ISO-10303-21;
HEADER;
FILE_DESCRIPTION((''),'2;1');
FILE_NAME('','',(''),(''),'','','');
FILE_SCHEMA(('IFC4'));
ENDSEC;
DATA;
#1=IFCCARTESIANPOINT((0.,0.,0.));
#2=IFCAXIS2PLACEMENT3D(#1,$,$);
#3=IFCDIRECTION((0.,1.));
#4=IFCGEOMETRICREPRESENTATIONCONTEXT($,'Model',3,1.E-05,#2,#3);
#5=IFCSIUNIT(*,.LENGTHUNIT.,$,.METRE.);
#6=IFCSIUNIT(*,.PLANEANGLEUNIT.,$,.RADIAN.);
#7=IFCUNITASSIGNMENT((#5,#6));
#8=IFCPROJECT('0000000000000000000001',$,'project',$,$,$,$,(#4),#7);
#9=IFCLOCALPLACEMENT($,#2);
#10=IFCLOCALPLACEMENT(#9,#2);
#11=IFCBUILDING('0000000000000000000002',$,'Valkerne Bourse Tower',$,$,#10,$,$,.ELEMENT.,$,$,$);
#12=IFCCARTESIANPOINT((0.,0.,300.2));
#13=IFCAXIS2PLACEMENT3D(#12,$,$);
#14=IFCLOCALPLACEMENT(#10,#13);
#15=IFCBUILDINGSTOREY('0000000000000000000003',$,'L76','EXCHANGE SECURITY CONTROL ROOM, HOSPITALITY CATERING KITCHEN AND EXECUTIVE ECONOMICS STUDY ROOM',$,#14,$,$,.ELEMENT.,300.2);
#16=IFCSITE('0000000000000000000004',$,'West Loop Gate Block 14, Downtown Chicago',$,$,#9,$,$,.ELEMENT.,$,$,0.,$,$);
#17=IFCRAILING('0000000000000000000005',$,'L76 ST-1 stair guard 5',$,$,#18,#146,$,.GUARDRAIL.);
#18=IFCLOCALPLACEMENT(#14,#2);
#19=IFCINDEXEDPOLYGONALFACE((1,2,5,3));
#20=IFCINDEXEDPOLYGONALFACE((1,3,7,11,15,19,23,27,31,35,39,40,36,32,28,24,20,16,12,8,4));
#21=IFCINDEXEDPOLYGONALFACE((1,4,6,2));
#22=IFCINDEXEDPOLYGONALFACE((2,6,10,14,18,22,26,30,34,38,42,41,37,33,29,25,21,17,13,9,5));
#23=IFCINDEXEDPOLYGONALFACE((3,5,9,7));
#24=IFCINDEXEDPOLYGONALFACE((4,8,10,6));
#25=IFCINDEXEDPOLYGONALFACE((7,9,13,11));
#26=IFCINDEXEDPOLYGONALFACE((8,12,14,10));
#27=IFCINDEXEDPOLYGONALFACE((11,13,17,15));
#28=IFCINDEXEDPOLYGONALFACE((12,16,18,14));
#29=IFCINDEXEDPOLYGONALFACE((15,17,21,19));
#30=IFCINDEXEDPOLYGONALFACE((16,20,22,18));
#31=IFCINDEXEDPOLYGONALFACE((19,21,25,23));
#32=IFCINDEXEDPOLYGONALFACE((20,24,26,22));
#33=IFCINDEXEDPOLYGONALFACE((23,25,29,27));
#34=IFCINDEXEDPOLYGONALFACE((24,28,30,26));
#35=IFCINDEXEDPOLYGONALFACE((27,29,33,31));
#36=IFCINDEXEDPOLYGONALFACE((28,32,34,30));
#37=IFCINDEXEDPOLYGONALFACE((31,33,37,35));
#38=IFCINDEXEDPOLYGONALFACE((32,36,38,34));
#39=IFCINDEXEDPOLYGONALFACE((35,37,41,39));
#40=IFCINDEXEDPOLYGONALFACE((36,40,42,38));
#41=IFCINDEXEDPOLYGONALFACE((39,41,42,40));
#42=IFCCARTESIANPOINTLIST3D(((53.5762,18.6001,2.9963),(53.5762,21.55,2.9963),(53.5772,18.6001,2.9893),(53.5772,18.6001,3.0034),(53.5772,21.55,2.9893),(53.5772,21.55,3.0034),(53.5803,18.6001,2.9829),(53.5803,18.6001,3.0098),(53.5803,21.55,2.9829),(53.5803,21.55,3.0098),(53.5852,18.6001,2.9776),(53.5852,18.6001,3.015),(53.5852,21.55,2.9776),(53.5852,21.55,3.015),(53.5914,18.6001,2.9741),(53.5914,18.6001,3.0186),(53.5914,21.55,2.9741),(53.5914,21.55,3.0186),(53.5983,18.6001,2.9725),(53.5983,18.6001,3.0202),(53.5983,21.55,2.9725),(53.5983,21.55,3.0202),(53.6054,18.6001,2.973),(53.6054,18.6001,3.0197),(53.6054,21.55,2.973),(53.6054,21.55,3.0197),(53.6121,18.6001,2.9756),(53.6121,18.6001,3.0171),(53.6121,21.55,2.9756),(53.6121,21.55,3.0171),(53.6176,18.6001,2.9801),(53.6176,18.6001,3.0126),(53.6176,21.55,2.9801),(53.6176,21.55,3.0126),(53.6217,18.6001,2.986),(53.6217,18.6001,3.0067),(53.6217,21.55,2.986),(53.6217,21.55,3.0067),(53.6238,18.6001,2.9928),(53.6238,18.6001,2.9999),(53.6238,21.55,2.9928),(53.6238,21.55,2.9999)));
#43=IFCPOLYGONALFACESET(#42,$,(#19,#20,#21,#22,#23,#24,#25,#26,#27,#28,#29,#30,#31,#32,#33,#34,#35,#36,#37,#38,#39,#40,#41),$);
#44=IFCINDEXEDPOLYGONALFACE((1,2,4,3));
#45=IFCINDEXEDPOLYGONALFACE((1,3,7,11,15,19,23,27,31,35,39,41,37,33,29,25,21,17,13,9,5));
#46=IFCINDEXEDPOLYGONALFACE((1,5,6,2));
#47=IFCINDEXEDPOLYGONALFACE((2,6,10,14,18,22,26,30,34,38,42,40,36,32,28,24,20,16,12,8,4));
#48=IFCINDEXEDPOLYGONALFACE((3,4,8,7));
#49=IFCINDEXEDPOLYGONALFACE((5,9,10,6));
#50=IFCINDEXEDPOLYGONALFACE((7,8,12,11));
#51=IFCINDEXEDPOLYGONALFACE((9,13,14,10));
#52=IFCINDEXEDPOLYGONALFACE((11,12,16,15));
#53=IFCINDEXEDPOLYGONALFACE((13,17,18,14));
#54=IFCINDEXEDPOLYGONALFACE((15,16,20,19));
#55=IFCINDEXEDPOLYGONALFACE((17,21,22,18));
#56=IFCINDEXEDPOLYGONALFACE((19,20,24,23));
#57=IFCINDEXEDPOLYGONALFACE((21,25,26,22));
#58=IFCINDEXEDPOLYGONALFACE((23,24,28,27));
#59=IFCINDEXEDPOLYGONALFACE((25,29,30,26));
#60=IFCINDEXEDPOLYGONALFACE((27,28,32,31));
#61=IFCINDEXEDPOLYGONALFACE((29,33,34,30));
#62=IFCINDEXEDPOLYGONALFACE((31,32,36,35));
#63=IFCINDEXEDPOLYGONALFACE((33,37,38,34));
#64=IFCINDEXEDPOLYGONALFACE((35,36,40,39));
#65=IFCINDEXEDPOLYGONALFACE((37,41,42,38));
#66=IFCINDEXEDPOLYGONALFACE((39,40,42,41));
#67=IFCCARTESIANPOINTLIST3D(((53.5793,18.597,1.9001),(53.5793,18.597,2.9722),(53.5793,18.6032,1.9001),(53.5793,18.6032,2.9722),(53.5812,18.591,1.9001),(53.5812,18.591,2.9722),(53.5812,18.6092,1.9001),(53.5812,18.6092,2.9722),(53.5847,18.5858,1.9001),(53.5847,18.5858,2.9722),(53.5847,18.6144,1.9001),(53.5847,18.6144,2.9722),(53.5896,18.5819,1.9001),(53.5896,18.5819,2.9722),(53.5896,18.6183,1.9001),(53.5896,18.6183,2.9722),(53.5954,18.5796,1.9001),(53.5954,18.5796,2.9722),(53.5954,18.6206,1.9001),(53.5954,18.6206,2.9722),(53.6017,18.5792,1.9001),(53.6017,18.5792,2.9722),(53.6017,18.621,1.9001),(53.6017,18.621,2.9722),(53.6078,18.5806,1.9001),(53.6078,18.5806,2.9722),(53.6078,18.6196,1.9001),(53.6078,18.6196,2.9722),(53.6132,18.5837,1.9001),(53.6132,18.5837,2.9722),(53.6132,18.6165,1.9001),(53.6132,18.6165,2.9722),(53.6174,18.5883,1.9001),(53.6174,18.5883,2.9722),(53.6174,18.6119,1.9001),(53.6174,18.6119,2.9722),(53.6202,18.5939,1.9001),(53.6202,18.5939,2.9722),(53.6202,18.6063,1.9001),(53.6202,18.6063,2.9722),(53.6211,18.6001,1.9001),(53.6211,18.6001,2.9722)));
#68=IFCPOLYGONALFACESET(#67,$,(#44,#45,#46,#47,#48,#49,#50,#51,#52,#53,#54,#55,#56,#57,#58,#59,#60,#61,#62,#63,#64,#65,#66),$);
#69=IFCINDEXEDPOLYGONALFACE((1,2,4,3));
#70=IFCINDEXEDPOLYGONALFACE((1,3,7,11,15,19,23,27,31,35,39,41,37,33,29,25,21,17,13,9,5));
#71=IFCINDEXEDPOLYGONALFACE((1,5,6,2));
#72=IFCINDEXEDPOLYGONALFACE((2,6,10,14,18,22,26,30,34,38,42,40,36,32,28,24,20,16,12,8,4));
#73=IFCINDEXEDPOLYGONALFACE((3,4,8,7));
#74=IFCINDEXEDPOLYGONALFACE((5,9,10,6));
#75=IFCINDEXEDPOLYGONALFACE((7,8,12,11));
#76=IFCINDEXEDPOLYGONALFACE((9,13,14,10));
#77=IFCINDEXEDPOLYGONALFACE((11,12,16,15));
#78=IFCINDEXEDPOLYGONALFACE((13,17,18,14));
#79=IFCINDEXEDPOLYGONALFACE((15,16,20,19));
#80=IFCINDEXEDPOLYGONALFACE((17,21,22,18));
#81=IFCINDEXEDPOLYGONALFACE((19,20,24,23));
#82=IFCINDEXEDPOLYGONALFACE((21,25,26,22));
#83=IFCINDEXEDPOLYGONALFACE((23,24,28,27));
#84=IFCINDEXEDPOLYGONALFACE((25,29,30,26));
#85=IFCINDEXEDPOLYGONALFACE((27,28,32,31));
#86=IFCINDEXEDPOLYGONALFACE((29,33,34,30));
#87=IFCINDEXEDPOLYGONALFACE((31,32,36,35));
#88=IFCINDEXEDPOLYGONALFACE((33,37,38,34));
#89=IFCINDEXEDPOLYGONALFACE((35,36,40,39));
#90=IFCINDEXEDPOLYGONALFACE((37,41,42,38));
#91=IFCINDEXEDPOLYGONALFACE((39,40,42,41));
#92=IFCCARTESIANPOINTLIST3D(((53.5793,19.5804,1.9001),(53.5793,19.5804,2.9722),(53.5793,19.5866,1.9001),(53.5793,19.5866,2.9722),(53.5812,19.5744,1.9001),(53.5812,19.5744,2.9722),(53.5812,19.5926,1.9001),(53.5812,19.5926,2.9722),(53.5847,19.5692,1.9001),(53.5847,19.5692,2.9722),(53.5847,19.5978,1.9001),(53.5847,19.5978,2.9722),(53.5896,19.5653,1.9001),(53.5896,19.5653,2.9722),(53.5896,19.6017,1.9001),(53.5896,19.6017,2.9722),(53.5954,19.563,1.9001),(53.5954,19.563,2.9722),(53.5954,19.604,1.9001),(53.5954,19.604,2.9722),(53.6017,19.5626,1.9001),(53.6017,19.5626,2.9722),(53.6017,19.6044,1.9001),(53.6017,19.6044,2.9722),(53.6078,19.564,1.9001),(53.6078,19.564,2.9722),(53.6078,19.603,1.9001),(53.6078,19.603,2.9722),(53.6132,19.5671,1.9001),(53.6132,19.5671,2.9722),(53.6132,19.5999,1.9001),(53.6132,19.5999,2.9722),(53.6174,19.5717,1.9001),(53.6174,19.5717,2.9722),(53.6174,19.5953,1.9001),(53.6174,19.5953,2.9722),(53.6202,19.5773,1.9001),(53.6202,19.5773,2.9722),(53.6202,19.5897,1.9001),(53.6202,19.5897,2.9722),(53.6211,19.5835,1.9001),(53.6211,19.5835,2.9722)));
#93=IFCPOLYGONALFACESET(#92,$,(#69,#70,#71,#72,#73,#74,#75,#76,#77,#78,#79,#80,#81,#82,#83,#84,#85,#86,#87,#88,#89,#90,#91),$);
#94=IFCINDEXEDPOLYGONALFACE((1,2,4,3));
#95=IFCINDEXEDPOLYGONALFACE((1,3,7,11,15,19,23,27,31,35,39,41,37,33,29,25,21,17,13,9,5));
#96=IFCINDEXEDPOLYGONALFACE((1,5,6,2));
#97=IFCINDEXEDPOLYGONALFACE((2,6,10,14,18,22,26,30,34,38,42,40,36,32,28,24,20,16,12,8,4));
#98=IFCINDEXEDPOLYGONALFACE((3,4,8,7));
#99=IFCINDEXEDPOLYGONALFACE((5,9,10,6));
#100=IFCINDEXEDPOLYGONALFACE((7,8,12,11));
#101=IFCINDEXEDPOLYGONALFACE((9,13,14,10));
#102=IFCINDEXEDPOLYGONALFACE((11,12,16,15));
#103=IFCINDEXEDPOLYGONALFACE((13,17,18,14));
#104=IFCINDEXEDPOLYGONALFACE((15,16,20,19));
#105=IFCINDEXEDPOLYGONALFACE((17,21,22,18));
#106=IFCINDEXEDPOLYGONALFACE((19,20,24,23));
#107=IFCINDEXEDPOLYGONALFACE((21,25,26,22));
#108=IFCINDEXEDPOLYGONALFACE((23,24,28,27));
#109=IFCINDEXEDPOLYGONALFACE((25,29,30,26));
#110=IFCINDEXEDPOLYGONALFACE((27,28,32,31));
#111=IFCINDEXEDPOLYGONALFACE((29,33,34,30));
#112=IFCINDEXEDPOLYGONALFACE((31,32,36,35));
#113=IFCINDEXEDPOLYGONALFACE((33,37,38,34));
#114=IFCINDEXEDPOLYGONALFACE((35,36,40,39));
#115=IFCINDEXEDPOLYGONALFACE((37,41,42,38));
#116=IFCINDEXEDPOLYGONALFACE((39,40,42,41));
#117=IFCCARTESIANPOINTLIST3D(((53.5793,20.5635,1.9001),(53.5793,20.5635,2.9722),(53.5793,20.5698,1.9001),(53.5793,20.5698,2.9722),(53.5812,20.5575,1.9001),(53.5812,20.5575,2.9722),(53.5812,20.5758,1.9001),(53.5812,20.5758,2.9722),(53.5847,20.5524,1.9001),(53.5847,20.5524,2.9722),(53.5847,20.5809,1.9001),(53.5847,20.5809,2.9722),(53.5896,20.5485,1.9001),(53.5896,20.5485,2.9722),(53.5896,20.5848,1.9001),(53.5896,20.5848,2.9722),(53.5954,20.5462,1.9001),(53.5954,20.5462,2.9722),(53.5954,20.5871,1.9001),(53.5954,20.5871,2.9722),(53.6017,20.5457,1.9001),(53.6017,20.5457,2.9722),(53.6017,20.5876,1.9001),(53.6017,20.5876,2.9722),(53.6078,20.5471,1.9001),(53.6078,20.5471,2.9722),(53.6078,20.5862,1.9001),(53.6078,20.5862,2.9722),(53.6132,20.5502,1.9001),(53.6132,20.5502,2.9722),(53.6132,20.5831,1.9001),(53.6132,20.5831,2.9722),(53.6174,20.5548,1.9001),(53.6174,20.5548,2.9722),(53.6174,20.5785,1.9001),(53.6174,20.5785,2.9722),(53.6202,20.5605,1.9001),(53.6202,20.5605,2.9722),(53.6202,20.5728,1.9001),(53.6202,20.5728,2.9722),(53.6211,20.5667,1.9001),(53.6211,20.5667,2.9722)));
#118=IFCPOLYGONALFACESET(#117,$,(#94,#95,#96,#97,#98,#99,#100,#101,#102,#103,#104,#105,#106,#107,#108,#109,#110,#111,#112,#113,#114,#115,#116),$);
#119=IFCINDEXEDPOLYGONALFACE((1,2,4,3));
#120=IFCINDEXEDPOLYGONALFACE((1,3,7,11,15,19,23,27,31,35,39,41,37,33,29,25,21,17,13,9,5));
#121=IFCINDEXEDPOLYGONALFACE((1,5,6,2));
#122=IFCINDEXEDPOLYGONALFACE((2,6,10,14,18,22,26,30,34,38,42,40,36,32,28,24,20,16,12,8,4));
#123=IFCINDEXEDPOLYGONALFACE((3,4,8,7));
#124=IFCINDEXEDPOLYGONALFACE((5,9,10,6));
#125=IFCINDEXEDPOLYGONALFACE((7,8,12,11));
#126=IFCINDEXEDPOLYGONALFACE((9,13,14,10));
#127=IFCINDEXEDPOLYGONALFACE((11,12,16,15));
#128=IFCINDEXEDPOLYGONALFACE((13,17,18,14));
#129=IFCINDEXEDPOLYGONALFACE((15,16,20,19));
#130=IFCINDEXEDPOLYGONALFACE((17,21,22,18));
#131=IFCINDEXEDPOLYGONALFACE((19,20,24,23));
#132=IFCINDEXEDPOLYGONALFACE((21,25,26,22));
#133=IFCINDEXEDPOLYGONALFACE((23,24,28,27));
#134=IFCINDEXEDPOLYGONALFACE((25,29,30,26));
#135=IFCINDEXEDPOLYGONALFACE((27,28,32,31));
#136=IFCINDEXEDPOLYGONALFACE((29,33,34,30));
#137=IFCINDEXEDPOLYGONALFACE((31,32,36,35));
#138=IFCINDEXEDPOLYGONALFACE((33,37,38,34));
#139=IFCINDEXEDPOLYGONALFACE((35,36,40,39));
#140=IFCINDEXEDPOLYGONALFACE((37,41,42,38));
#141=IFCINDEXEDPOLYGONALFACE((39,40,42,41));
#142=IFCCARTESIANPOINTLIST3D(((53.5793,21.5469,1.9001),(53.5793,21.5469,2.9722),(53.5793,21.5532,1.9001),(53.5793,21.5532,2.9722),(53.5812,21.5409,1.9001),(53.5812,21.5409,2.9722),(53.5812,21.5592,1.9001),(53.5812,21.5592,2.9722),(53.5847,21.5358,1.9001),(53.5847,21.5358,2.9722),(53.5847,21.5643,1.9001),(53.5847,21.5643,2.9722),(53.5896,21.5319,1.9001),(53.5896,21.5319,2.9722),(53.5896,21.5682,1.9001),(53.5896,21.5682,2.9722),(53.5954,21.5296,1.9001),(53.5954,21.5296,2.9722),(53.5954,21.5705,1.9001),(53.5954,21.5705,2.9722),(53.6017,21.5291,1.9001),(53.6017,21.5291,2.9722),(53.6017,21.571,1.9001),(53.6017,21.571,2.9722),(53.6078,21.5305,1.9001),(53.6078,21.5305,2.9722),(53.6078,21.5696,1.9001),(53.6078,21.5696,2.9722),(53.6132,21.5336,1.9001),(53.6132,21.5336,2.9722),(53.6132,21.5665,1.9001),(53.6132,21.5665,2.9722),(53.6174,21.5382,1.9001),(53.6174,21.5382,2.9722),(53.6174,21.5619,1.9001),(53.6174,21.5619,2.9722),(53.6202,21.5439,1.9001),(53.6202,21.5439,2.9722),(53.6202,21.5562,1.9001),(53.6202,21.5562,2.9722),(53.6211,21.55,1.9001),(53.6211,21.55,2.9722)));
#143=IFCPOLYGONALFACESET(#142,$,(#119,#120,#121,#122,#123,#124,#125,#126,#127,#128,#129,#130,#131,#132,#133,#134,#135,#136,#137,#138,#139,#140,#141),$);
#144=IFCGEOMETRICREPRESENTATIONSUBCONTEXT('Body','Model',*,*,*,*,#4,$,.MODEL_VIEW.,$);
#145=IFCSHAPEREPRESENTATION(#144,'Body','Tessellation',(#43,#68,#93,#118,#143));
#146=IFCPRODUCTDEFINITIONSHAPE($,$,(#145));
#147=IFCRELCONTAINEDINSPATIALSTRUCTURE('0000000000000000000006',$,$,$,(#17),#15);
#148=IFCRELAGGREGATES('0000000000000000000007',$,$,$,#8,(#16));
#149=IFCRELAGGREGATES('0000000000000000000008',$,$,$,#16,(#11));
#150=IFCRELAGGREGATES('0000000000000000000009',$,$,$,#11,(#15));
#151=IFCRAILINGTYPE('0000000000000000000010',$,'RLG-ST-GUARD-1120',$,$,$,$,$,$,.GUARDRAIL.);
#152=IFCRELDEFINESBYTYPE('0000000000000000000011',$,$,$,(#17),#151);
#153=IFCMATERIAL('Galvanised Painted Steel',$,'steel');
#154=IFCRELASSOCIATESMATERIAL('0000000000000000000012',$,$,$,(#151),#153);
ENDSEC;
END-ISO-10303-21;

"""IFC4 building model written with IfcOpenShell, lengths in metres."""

from ifc_helpers import new_model, si_unit, direction, frame, origin, origin_2d, place, context, subcontext, project, spatial, circle, extrude, material, type_object, element, save


model = new_model("IFC4")

# Units and contexts
model_context = context("Model", 3, precision=1e-05, world=origin(), true_north=direction((0.0, 1.0)))
body_context = subcontext(model_context, "Body", "Model", "MODEL_VIEW")
ifc_project = project(units=[si_unit("LENGTHUNIT", "METRE"), si_unit("PLANEANGLEUNIT", "RADIAN")], contexts=[model_context])

# Site, building, storey
site_placement = place(None, origin())
site = spatial("IfcSite", under=ifc_project, at=site_placement, Name="West Loop Gate Block 14, Downtown Chicago", CompositionType="ELEMENT", RefElevation=0.0)
building_placement = place(site_placement, origin())
building = spatial("IfcBuilding", under=site, at=building_placement, Name="Valkerne Bourse Tower", CompositionType="ELEMENT")
storey_placement = place(building_placement, frame((0.0, 0.0, 300.2)))
storey = spatial("IfcBuildingStorey", under=building, at=storey_placement, Name="L76", Description="EXCHANGE SECURITY CONTROL ROOM, HOSPITALITY CATERING KITCHEN AND EXECUTIVE ECONOMICS STUDY ROOM", CompositionType="ELEMENT", Elevation=300.2)

# Railing
ifc_material_1 = material(Name="Galvanised Painted Steel", Category="steel")
railing_type = type_object("IfcRailingType", Name="RLG-ST-GUARD-1120", PredefinedType="GUARDRAIL", material=ifc_material_1)
railing_1_placement = place(storey_placement, frame((53.6001, 18.6001, 1.9001)))
element("IfcRailing", 1, at=railing_1_placement, inside=storey, type_object=railing_type, Name="L76 ST-1 stair guard 5", PredefinedType="GUARDRAIL", context=body_context, shape_type="SweptSolid", body=[
    extrude(circle(Radius=0.0239, at=origin_2d()), frame((0.0, 0.0, 1.0962), z_axis=(0.0, 1.0, 0.0), x_axis=(-1.0, 0.0, 0.0)), (0.0, 0.0, 1.0), 2.95),
    extrude(circle(Radius=0.021, at=origin_2d()), origin(), (0.0, 0.0, 1.0), 1.072),
    extrude(circle(Radius=0.021, at=origin_2d()), frame((0.0, 0.9834, 0.0)), (0.0, 0.0, 1.0), 1.072),
    extrude(circle(Radius=0.021, at=origin_2d()), frame((0.0, 1.9666, 0.0)), (0.0, 0.0, 1.0), 1.072),
    extrude(circle(Radius=0.021, at=origin_2d()), frame((0.0, 2.95, 0.0)), (0.0, 0.0, 1.0), 1.072),
])

save(model, "model.ifc")
